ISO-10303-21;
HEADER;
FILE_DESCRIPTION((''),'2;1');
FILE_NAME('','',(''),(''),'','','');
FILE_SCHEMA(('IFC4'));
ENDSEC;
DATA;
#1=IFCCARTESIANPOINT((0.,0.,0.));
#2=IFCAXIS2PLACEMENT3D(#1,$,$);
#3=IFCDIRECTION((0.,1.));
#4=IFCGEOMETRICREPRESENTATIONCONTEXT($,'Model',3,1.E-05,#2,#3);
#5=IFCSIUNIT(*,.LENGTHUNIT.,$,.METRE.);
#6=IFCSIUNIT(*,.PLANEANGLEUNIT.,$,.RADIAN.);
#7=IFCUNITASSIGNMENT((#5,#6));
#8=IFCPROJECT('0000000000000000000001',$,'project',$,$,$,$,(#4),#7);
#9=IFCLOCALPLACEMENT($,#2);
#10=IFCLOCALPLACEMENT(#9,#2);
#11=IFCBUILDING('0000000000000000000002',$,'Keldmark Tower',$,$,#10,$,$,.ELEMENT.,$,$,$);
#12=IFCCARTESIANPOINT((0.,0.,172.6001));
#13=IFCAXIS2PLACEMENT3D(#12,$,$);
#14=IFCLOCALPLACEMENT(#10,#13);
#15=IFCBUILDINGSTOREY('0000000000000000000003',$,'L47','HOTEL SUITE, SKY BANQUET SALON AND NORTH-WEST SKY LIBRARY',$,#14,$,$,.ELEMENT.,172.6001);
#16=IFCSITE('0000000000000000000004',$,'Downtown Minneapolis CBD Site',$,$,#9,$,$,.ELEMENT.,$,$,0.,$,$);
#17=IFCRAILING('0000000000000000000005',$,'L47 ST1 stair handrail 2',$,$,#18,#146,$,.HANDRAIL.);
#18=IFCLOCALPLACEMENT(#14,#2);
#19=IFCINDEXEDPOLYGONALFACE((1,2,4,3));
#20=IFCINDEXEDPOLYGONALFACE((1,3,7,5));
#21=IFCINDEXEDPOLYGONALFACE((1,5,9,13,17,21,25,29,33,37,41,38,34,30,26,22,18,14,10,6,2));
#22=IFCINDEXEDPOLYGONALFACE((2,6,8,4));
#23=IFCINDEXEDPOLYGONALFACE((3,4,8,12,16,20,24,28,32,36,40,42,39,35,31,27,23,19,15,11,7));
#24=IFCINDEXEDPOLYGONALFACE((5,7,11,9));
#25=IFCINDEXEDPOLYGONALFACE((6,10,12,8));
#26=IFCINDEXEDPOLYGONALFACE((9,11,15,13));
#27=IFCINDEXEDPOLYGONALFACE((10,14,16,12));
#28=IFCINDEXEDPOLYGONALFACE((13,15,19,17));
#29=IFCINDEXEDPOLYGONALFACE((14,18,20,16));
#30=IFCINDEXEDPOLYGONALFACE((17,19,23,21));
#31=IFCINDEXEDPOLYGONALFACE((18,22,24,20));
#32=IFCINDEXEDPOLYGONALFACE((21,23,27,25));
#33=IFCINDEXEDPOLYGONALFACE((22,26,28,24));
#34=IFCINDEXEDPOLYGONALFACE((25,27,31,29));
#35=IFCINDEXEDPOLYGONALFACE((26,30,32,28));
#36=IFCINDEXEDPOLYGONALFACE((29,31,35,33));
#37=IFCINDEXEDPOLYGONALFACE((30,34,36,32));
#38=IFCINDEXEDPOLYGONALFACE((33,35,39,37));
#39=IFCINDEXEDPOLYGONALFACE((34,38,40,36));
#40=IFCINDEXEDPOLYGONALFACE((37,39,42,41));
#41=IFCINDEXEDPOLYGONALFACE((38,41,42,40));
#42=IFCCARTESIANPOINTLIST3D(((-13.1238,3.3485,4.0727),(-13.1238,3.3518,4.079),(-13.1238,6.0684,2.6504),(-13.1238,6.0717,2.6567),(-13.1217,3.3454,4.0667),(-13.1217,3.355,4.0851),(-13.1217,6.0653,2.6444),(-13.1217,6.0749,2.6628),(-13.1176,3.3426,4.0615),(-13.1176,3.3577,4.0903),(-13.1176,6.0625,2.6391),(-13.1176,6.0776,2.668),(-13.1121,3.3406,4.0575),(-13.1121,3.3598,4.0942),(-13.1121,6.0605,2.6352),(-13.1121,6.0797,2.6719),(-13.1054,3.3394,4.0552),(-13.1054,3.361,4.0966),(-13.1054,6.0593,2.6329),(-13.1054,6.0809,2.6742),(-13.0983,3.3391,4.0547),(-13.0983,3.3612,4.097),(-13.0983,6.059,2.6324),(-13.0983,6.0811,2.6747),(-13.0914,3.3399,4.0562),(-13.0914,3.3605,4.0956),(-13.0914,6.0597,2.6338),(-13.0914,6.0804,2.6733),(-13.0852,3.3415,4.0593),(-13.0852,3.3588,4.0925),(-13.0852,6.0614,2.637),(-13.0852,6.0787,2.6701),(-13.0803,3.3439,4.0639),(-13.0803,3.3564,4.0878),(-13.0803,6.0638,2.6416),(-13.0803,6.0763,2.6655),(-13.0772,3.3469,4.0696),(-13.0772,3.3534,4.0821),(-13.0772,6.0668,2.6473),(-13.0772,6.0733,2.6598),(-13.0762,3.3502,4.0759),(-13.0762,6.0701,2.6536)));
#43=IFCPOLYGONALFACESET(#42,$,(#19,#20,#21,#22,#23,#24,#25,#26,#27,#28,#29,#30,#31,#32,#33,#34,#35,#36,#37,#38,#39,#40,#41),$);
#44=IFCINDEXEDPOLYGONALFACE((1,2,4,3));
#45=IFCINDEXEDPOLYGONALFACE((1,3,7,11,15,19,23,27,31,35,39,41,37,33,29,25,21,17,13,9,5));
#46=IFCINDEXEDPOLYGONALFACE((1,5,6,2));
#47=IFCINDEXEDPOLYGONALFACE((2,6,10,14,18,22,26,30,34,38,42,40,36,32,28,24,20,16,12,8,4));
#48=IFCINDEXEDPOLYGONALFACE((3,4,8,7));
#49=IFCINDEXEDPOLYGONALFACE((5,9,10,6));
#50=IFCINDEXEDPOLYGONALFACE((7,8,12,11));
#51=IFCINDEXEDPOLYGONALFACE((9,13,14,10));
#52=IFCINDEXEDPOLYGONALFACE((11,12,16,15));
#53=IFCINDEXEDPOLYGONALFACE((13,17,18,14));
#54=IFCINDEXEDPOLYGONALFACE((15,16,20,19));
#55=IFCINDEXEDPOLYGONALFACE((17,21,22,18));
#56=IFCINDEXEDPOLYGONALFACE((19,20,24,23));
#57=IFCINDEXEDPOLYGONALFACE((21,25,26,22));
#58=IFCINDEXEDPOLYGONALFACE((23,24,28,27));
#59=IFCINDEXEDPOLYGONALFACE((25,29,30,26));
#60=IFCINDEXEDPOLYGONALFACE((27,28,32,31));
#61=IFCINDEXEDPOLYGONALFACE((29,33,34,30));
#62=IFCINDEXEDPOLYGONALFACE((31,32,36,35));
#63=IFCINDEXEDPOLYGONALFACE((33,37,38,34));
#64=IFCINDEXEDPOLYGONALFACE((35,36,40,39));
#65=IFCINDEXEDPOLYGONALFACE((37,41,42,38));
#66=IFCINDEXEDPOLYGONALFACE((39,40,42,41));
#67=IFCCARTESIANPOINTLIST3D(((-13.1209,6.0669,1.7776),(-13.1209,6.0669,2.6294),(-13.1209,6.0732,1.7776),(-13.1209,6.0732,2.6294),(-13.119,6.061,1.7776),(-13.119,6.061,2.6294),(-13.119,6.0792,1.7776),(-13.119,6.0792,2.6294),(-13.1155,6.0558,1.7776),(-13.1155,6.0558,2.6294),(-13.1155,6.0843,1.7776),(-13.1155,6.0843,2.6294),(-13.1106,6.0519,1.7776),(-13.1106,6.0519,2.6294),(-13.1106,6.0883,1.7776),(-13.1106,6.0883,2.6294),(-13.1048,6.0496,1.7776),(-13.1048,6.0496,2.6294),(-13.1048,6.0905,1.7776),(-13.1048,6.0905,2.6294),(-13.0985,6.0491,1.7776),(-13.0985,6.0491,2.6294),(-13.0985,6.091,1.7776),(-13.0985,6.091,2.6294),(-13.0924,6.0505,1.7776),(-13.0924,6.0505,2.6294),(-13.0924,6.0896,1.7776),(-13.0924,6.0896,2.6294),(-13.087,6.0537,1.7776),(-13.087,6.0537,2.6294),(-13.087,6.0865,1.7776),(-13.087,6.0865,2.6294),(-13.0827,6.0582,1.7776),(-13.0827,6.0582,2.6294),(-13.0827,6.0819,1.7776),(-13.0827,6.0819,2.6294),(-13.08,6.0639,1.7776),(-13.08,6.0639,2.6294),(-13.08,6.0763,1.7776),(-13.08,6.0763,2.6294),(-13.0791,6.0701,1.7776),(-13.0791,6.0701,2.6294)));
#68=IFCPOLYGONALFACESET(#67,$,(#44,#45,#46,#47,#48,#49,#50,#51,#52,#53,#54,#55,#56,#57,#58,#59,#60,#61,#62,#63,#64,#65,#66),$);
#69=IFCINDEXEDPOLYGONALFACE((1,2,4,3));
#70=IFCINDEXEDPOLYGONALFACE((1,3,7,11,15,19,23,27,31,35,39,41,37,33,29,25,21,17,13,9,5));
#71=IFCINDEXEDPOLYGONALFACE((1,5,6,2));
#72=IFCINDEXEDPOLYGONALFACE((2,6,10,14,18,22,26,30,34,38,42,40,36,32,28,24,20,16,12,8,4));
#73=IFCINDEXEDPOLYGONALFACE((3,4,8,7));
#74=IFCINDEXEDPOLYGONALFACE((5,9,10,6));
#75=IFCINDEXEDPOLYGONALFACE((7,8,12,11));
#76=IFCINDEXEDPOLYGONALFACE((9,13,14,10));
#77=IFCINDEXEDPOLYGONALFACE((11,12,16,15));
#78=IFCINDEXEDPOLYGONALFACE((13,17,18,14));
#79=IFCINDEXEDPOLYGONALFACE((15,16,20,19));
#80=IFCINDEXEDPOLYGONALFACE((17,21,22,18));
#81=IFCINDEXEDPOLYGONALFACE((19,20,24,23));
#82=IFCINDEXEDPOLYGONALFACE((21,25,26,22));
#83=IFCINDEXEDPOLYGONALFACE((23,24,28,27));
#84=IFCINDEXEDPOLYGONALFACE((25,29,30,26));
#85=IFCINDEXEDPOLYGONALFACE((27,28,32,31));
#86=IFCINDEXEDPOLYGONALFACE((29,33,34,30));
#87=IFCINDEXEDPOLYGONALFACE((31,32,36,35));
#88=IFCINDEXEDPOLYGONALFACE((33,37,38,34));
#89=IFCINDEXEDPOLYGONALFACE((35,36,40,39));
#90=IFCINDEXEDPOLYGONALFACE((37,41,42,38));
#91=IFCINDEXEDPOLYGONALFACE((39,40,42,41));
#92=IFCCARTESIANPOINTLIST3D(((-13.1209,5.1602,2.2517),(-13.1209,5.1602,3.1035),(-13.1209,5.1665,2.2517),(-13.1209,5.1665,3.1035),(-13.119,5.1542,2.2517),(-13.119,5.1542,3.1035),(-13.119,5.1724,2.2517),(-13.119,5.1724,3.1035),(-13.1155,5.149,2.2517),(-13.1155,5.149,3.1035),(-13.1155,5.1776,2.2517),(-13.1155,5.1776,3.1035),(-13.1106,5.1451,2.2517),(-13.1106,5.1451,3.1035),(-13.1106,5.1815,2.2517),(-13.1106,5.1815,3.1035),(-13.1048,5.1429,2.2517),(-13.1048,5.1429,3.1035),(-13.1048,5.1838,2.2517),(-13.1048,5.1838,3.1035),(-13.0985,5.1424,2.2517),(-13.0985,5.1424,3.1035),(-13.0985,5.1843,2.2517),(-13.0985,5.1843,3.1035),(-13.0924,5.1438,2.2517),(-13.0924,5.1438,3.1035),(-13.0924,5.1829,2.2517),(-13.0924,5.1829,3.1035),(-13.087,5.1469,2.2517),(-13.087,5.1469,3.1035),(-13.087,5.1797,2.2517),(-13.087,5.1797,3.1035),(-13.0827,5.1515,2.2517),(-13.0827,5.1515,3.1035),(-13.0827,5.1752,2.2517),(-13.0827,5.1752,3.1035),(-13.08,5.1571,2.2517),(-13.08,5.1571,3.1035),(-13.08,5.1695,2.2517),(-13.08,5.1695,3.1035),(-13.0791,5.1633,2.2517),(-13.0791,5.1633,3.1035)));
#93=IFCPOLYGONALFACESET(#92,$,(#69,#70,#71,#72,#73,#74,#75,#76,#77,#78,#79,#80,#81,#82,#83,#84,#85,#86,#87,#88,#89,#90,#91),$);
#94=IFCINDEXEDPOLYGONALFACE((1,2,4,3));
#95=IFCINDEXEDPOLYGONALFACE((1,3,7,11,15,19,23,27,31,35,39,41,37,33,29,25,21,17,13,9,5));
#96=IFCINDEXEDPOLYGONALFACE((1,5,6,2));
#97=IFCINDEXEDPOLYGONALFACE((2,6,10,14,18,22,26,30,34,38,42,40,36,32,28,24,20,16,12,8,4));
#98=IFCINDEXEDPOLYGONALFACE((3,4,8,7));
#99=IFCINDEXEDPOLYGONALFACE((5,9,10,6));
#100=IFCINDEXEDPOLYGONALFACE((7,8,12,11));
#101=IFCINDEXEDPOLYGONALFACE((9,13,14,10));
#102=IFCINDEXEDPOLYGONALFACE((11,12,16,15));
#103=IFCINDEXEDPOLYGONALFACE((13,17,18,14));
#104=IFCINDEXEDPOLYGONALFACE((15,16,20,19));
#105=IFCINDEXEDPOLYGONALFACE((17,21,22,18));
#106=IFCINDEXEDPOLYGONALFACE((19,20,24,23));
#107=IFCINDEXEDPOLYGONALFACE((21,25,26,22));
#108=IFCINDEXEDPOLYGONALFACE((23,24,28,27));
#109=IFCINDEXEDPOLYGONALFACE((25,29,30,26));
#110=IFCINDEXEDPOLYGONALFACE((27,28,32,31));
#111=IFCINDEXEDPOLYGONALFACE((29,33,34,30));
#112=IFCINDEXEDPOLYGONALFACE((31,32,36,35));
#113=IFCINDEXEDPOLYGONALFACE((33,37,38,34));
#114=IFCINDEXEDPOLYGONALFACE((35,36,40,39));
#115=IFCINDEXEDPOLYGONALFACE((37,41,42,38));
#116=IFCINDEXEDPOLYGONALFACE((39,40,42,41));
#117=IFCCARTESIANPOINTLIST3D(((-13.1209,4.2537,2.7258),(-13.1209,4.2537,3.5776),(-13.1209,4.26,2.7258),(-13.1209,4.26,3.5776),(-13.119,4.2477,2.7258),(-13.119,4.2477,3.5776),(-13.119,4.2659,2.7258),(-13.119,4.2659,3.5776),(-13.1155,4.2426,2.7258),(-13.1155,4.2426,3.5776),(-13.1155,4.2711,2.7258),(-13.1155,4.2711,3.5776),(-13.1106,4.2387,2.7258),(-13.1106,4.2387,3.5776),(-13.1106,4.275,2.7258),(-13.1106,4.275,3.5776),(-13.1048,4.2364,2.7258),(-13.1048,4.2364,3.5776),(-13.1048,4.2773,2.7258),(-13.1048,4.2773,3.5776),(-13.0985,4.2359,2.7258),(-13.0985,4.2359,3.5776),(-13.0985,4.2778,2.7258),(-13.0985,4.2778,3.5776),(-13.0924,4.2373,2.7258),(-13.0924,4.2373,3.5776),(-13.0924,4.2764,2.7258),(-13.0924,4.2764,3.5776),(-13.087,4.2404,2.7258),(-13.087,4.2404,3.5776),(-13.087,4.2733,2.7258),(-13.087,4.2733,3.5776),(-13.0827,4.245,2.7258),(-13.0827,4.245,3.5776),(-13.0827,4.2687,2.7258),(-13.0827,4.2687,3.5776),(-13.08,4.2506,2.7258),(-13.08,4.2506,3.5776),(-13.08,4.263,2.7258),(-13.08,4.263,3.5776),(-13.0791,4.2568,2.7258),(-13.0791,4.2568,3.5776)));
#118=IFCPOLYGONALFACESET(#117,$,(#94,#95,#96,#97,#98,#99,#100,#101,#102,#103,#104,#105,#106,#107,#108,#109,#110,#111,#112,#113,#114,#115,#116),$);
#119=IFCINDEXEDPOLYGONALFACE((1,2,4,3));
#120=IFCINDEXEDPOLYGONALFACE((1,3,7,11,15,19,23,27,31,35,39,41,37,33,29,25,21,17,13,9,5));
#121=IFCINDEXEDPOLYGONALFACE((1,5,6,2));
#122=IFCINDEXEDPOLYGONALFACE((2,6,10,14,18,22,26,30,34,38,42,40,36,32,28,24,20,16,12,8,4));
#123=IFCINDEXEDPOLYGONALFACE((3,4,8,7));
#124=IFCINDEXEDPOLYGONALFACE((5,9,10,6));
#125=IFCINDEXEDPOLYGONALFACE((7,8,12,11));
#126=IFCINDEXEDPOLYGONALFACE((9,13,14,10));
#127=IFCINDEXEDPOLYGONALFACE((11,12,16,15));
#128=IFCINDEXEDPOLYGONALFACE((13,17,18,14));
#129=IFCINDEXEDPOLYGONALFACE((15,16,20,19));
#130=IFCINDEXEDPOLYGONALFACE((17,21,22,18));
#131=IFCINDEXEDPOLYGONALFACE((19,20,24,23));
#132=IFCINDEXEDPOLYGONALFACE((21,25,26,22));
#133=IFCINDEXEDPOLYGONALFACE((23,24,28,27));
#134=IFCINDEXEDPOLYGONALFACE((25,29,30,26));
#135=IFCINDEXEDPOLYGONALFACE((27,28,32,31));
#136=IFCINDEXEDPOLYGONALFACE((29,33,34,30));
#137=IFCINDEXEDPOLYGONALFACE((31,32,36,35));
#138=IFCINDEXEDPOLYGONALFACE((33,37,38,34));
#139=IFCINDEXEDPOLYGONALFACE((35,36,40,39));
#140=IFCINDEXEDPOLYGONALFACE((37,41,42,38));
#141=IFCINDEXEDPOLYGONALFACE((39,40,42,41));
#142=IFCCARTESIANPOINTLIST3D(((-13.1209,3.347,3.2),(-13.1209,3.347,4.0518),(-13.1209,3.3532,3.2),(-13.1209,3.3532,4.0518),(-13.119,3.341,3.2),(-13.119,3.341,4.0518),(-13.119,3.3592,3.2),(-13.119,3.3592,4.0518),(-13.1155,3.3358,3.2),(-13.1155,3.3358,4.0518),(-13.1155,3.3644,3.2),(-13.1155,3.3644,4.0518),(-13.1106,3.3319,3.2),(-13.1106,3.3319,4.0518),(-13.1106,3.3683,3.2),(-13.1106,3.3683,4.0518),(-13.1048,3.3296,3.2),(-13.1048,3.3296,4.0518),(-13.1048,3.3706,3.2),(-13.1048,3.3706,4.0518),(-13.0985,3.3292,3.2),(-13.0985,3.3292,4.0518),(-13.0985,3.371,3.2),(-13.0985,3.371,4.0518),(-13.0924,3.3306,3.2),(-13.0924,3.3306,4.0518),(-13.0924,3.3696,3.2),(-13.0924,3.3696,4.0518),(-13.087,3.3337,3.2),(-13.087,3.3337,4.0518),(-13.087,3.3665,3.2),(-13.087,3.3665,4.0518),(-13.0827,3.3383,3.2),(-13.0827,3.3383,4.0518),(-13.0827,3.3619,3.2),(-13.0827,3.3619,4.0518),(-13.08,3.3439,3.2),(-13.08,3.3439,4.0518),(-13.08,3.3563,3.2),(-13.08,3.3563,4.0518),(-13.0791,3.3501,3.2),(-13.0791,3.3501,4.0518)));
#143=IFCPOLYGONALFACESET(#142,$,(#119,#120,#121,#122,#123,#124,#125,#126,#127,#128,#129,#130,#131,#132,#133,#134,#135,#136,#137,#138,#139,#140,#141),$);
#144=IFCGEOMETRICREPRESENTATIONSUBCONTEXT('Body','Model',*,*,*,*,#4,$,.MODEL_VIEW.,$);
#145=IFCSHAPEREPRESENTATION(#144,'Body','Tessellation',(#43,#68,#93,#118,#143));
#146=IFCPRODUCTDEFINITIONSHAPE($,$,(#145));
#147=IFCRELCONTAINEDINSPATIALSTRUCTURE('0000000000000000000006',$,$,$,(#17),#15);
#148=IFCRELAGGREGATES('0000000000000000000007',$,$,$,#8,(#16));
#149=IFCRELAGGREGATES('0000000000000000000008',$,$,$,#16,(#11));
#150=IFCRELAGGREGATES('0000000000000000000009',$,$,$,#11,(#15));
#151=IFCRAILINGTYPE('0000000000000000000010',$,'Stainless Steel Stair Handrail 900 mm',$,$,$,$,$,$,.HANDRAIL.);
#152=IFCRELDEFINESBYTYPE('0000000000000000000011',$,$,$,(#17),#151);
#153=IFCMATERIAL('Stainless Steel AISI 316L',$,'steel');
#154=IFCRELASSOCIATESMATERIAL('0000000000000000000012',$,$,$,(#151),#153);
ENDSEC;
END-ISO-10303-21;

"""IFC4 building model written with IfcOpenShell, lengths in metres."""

from ifc_helpers import new_model, si_unit, direction, frame, origin, origin_2d, place, context, subcontext, project, spatial, circle, extrude, material, type_object, element, save


model = new_model("IFC4")

# Units and contexts
model_context = context("Model", 3, precision=1e-05, world=origin(), true_north=direction((0.0, 1.0)))
body_context = subcontext(model_context, "Body", "Model", "MODEL_VIEW")
ifc_project = project(units=[si_unit("LENGTHUNIT", "METRE"), si_unit("PLANEANGLEUNIT", "RADIAN")], contexts=[model_context])

# Site, building, storey
site_placement = place(None, origin())
site = spatial("IfcSite", under=ifc_project, at=site_placement, Name="Downtown Minneapolis CBD Site", CompositionType="ELEMENT", RefElevation=0.0)
building_placement = place(site_placement, origin())
building = spatial("IfcBuilding", under=site, at=building_placement, Name="Keldmark Tower", CompositionType="ELEMENT")
storey_placement = place(building_placement, frame((0.0, 0.0, 172.6001)))
storey = spatial("IfcBuildingStorey", under=building, at=storey_placement, Name="L47", Description="HOTEL SUITE, SKY BANQUET SALON AND NORTH-WEST SKY LIBRARY", CompositionType="ELEMENT", Elevation=172.6001)

# Railing
ifc_material_1 = material(Name="Stainless Steel AISI 316L", Category="steel")
railing_type_1 = type_object("IfcRailingType", Name="Stainless Steel Stair Handrail 900 mm", PredefinedType="HANDRAIL", material=ifc_material_1)
railing_1_placement = place(storey_placement, frame((-13.1001, 6.0701, 1.7776)))
element("IfcRailing", 1, at=railing_1_placement, inside=storey, type_object=railing_type_1, Name="L47 ST1 stair handrail 2", PredefinedType="HANDRAIL", context=body_context, shape_type="SweptSolid", body=[
    extrude(circle(Radius=0.0239, at=origin_2d()), frame((0.0, 0.0, 0.876), z_axis=(0.0, -0.88615, 0.463398), x_axis=(1.0, 0.0, 0.0)), (0.0, 0.0, 1.0), 3.0693),
    extrude(circle(Radius=0.021, at=origin_2d()), origin(), (0.0, 0.0, 1.0), 0.8518),
    extrude(circle(Radius=0.021, at=origin_2d()), frame((0.0, -0.9067, 0.4741)), (0.0, 0.0, 1.0), 0.8518),
    extrude(circle(Radius=0.021, at=origin_2d()), frame((0.0, -1.8132, 0.9482)), (0.0, 0.0, 1.0), 0.8518),
    extrude(circle(Radius=0.021, at=origin_2d()), frame((0.0, -2.72, 1.4224)), (0.0, 0.0, 1.0), 0.8518),
])

save(model, "model.ifc")
